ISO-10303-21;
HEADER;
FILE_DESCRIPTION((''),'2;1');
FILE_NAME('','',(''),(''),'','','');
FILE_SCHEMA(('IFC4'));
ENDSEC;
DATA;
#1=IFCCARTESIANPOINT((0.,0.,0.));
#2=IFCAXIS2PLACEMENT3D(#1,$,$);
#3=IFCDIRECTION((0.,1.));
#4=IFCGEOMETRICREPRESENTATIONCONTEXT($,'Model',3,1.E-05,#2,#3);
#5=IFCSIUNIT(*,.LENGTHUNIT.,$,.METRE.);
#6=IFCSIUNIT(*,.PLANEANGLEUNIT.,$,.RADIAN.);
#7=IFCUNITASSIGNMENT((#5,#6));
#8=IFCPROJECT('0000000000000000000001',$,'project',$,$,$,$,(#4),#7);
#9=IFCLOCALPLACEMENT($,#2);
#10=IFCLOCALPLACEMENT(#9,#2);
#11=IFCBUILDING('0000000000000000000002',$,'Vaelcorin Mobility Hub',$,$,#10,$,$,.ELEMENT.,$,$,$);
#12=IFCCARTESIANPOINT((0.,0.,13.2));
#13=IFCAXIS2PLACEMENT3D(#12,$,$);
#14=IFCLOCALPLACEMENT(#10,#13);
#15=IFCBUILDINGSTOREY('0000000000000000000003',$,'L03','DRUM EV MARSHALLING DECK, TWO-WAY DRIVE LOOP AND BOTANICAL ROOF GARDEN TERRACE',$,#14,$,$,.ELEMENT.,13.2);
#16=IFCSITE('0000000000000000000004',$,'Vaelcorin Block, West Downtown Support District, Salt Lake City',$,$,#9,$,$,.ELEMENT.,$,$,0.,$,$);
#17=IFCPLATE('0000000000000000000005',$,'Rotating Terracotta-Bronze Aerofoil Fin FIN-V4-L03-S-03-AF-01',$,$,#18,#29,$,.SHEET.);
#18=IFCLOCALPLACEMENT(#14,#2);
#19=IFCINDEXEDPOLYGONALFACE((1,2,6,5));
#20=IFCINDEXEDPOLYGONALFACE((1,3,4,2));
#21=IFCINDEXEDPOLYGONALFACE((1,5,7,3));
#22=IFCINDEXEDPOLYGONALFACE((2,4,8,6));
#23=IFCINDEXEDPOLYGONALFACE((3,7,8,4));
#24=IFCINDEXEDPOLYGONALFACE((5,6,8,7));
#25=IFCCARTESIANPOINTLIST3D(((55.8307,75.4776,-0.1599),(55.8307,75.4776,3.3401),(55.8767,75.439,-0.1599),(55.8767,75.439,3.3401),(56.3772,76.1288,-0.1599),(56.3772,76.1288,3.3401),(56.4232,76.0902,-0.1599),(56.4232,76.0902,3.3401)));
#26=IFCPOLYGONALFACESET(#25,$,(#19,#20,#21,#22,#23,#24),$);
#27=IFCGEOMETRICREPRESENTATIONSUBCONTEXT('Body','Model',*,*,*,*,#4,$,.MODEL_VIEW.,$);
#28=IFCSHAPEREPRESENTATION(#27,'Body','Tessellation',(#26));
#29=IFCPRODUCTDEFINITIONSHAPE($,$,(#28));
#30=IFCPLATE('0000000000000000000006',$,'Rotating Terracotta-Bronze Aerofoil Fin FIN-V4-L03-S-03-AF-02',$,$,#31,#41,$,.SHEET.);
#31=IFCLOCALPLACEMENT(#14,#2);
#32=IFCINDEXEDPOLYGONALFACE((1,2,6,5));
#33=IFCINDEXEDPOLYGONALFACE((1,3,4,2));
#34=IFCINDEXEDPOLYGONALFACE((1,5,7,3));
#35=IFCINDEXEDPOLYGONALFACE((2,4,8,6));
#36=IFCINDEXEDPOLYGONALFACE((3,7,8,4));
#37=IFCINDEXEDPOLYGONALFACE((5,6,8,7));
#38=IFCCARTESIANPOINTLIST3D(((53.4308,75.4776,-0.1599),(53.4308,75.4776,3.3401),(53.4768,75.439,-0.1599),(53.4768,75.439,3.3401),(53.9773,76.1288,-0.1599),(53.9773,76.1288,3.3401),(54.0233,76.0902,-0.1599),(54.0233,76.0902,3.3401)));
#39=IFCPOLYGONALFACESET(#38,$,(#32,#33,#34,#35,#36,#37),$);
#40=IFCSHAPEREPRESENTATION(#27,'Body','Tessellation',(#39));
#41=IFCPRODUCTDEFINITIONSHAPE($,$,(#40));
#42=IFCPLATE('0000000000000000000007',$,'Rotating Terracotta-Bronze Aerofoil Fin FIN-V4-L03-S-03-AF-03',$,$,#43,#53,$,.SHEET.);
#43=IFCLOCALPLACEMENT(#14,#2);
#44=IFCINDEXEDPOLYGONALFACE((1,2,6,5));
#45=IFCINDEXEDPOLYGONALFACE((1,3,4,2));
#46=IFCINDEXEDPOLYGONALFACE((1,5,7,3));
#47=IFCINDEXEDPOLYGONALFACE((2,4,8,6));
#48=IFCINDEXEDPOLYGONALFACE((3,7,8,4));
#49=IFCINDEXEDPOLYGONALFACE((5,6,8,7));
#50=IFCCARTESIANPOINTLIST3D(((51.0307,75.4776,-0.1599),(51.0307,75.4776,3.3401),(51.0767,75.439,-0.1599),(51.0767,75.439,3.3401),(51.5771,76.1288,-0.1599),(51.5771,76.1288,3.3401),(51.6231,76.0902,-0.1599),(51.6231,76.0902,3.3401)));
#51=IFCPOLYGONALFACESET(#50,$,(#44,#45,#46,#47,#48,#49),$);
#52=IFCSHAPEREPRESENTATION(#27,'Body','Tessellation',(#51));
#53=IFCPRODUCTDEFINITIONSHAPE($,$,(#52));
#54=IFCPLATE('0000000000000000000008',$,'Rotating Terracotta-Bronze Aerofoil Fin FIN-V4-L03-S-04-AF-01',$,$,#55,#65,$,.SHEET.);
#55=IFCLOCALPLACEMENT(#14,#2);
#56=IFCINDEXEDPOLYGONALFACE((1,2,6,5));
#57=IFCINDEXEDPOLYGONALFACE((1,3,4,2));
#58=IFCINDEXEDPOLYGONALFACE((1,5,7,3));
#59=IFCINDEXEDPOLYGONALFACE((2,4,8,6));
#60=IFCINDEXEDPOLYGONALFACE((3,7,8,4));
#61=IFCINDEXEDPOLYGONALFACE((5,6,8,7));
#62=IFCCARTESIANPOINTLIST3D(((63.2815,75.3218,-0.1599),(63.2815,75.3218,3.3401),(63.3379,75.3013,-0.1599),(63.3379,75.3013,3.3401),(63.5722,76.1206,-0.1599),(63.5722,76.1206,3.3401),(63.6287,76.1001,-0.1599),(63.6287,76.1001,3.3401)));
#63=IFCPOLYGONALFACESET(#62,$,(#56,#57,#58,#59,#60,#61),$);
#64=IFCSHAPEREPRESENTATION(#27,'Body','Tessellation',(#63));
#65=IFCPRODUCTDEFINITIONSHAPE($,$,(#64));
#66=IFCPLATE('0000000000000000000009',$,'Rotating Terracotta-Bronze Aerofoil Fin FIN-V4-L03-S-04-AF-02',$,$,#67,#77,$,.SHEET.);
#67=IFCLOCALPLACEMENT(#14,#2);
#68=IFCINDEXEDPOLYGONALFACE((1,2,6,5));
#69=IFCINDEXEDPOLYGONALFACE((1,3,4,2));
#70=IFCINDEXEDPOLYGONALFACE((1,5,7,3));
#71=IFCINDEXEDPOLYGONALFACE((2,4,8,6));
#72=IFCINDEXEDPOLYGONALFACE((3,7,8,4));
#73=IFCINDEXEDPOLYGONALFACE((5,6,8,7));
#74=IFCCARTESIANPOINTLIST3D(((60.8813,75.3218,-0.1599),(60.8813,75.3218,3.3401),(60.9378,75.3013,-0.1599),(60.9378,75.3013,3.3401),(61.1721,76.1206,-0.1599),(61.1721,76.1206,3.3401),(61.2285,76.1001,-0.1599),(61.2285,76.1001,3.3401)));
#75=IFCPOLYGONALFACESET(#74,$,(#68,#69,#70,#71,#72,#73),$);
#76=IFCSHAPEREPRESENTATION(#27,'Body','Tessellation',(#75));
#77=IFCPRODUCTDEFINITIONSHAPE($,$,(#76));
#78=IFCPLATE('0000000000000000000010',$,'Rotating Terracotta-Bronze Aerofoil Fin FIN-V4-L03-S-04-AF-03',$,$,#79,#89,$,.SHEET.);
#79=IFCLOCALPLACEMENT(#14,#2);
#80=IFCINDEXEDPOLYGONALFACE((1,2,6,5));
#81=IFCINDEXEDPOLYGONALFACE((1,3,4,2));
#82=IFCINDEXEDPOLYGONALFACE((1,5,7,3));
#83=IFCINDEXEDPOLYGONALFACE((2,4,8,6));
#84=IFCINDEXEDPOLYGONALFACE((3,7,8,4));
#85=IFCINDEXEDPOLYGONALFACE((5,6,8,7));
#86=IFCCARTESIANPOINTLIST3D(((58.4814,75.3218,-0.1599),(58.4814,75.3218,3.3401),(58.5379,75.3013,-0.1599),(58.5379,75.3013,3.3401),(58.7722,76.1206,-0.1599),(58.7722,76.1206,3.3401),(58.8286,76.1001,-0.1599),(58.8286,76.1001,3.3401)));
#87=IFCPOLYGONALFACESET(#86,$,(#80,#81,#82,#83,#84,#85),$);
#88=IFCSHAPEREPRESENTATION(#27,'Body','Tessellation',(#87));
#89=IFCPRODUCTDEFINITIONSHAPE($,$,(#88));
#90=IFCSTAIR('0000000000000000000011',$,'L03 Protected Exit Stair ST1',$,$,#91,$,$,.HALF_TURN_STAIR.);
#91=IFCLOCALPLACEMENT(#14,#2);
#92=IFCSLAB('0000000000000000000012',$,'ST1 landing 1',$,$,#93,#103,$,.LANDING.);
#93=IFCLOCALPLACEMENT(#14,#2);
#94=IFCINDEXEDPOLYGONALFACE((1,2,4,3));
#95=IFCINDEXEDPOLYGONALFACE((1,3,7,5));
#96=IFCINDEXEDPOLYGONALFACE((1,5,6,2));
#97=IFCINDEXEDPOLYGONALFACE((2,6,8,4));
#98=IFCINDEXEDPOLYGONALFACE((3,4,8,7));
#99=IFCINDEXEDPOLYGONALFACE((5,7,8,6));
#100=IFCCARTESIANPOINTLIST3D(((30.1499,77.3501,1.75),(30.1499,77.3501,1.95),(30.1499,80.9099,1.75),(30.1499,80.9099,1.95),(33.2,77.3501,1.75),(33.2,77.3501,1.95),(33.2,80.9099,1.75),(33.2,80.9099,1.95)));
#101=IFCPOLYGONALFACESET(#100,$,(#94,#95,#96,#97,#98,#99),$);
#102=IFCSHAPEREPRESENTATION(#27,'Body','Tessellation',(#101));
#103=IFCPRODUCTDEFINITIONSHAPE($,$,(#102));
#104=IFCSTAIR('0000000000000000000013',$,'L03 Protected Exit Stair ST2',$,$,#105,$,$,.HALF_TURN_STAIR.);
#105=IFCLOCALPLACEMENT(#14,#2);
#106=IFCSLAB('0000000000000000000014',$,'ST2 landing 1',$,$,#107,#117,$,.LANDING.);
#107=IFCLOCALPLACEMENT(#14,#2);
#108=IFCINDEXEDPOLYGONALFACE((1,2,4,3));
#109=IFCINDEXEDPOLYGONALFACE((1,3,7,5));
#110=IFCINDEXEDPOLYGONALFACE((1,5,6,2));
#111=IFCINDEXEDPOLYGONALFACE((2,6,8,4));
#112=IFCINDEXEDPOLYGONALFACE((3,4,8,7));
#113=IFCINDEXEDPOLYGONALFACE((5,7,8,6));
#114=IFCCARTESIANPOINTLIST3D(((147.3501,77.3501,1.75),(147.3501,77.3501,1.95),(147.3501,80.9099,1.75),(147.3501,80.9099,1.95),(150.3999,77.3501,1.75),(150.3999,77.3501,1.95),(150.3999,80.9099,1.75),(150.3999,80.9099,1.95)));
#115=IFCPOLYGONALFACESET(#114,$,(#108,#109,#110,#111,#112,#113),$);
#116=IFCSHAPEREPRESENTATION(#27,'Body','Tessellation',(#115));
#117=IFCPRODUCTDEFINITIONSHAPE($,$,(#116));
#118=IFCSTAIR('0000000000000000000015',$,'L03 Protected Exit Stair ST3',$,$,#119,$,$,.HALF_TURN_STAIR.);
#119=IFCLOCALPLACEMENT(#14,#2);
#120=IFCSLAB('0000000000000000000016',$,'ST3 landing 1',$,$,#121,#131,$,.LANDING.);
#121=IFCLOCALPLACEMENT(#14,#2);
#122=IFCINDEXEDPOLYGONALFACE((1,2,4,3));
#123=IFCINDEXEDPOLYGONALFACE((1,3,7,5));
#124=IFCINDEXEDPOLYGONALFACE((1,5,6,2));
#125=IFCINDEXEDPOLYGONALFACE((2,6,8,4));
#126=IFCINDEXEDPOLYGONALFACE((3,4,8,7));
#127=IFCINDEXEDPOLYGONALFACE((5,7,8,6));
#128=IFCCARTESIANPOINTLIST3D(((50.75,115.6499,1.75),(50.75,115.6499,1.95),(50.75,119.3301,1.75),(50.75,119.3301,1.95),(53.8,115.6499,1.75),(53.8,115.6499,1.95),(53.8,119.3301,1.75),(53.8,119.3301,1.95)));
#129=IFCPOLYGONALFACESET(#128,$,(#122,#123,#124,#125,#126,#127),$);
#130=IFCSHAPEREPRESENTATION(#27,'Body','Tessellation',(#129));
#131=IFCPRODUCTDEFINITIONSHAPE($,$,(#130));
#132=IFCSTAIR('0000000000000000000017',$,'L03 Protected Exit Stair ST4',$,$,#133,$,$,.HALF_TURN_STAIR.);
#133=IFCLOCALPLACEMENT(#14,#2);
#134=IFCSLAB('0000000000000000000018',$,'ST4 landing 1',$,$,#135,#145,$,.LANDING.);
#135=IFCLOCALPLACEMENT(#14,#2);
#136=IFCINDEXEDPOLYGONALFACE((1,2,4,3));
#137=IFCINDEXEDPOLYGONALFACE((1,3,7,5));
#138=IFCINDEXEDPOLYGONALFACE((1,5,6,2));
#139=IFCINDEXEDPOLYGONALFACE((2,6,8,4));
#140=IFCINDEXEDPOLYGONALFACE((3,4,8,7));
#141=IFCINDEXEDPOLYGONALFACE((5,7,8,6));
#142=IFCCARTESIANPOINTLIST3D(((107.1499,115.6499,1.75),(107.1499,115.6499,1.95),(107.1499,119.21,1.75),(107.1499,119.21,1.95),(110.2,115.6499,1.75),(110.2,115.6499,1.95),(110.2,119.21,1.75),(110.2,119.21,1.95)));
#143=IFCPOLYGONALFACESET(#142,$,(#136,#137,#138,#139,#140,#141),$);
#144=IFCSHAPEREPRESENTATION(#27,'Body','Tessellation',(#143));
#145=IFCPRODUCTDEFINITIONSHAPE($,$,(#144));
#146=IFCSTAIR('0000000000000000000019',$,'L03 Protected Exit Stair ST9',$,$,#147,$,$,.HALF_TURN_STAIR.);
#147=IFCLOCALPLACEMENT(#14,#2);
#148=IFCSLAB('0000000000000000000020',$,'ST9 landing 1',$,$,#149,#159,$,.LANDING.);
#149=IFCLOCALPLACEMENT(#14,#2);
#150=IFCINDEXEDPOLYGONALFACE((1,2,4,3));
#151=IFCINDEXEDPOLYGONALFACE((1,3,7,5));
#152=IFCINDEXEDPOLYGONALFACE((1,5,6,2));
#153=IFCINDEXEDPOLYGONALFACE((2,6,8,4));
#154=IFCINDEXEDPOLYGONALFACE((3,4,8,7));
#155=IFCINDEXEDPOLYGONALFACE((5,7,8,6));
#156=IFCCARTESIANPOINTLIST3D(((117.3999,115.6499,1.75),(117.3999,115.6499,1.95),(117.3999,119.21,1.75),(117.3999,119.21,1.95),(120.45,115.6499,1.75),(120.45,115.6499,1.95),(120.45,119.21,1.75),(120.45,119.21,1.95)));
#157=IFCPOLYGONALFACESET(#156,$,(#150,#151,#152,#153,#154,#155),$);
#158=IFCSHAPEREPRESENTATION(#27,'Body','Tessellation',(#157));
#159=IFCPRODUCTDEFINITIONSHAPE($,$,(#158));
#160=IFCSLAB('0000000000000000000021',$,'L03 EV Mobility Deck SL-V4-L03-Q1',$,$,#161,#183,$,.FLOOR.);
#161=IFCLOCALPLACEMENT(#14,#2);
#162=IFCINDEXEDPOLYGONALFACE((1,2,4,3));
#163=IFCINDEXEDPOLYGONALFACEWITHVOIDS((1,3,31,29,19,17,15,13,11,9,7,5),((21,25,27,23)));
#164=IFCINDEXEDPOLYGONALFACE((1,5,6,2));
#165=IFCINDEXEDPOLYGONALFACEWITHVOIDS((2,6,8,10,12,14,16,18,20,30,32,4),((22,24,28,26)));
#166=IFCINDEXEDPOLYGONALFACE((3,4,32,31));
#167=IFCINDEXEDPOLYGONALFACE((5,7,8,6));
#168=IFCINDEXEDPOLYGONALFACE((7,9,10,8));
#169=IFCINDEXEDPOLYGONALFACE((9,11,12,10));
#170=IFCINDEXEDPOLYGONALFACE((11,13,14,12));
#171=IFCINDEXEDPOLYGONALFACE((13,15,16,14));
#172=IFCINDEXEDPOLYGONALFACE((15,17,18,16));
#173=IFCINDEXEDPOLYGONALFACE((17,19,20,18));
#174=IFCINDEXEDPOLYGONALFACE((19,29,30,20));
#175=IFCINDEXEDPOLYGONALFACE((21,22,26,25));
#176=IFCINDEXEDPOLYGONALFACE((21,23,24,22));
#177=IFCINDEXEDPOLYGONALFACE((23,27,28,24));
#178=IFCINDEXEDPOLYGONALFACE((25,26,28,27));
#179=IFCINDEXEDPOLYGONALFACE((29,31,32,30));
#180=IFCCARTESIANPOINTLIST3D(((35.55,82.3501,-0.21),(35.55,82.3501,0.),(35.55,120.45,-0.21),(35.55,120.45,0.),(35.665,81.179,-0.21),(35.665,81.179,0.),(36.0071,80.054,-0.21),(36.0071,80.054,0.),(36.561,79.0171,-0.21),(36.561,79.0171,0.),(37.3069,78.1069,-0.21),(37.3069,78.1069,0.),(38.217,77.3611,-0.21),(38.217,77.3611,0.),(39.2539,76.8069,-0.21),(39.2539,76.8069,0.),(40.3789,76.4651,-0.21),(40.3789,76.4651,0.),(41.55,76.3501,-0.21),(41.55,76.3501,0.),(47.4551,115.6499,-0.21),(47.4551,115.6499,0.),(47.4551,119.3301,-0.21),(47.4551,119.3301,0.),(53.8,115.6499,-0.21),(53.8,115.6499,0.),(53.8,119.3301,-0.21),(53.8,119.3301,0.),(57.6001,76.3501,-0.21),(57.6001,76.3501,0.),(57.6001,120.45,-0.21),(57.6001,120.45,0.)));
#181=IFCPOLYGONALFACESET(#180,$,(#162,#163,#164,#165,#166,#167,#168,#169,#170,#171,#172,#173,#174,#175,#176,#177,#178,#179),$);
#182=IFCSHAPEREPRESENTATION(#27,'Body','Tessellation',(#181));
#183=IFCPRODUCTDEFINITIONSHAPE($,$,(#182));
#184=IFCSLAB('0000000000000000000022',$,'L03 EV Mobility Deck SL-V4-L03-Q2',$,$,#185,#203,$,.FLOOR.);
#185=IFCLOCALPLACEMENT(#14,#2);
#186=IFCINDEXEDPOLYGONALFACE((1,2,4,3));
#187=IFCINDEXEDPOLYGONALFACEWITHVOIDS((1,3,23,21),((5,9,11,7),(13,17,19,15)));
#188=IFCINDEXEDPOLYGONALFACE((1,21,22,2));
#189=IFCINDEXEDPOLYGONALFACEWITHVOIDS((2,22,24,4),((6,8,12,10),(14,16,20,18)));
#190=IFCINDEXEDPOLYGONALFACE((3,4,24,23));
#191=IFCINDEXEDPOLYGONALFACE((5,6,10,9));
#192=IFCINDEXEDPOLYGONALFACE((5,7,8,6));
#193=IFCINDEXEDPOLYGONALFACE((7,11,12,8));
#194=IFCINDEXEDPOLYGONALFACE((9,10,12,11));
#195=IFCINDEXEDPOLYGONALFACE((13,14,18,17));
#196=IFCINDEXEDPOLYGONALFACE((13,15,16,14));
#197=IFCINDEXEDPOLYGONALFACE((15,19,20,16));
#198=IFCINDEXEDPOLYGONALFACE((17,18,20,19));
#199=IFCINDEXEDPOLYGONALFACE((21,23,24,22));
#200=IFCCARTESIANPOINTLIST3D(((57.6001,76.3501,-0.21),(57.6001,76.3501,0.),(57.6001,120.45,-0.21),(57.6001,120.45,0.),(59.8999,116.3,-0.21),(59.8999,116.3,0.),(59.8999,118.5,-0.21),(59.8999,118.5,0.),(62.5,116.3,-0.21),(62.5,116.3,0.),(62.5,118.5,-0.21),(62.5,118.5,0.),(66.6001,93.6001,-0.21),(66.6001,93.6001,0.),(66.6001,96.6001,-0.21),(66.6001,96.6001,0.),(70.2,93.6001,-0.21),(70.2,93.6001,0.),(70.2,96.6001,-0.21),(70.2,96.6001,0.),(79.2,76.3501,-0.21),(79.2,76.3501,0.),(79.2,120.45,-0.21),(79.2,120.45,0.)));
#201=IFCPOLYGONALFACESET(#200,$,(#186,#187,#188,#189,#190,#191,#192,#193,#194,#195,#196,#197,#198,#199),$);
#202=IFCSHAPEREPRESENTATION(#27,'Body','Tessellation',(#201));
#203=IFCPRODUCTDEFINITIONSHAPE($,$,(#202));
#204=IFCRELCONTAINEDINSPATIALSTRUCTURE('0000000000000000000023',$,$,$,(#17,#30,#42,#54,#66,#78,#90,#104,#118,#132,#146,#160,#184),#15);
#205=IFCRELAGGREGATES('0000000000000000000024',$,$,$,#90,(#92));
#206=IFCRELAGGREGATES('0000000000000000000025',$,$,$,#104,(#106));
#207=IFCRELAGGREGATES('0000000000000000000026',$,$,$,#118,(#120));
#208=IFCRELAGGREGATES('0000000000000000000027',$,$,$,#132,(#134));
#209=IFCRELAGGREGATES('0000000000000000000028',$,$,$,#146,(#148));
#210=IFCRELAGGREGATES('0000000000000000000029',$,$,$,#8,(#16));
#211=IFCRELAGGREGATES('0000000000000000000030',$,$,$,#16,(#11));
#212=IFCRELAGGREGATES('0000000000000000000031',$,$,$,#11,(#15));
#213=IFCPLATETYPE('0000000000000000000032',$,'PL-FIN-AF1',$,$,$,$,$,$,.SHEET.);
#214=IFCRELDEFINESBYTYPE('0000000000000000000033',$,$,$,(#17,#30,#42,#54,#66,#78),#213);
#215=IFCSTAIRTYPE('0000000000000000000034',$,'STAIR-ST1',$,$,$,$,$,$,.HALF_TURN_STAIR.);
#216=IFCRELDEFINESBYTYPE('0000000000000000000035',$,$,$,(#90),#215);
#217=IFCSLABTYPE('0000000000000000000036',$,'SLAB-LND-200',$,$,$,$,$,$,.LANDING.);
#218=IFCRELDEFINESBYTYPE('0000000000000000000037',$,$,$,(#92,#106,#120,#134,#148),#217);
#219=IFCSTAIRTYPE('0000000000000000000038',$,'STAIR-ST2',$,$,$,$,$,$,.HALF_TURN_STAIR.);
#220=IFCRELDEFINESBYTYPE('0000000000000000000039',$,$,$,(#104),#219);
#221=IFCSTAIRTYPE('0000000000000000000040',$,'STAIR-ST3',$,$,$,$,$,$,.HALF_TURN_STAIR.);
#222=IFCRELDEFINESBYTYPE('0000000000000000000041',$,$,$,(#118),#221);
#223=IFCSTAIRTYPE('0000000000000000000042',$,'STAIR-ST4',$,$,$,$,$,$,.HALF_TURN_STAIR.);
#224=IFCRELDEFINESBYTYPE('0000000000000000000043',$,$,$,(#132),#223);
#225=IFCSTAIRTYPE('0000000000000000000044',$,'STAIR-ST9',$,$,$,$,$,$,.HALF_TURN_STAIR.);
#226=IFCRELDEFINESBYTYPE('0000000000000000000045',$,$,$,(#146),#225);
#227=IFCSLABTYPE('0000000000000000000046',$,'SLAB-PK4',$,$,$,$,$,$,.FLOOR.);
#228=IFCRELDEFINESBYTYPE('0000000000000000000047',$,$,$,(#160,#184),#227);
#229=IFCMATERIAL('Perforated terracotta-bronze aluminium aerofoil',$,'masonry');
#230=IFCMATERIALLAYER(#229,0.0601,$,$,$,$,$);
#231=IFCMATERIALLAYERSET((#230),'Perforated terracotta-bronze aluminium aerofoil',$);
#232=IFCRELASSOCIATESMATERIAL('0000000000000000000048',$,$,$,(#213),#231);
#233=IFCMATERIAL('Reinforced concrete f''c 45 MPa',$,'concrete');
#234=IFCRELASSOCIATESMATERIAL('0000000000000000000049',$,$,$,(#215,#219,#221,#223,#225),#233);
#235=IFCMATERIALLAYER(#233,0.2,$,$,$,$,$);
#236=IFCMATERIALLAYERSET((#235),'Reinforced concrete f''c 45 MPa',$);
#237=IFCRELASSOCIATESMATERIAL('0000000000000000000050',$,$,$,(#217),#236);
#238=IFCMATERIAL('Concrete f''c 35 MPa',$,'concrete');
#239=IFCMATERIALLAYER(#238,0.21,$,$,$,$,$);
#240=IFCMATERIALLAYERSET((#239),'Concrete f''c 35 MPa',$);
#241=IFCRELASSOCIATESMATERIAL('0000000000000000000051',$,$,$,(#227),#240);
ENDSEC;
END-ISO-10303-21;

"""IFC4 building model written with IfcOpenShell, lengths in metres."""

from ifc_helpers import new_model, si_unit, direction, frame, origin, origin_2d, place, context, subcontext, project, spatial, polyline, rectangle, outline, extrude, material, layer, layer_set, type_object, element, aggregate, save


model = new_model("IFC4")

# Units and contexts
model_context = context("Model", 3, precision=1e-05, world=origin(), true_north=direction((0.0, 1.0)))
body_context = subcontext(model_context, "Body", "Model", "MODEL_VIEW")
ifc_project = project(units=[si_unit("LENGTHUNIT", "METRE"), si_unit("PLANEANGLEUNIT", "RADIAN")], contexts=[model_context])

# Site, building, storey
site_placement = place(None, origin())
site = spatial("IfcSite", under=ifc_project, at=site_placement, Name="Vaelcorin Block, West Downtown Support District, Salt Lake City", CompositionType="ELEMENT", RefElevation=0.0)
building_placement = place(site_placement, origin())
building = spatial("IfcBuilding", under=site, at=building_placement, Name="Vaelcorin Mobility Hub", CompositionType="ELEMENT")
storey_placement = place(building_placement, frame((0.0, 0.0, 13.2)))
storey = spatial("IfcBuildingStorey", under=building, at=storey_placement, Name="L03", Description="DRUM EV MARSHALLING DECK, TWO-WAY DRIVE LOOP AND BOTANICAL ROOF GARDEN TERRACE", CompositionType="ELEMENT", Elevation=13.2)

# Plates
ifc_material_1 = material(Name="Perforated terracotta-bronze aluminium aerofoil", Category="masonry")
ifc_layer_1 = layer(ifc_material_1, 0.0601)
ifc_layer_set_1 = layer_set([ifc_layer_1], Name="Perforated terracotta-bronze aluminium aerofoil")
plate_type = type_object("IfcPlateType", Name="PL-FIN-AF1", PredefinedType="SHEET", material=ifc_layer_set_1)
for number, where, z_axis, x_axis, name in (
    (1, (56.127, 75.7839, -0.1599), (0.0, 0.0, 1.0), (-0.642788, -0.766044, 0.0), "Rotating Terracotta-Bronze Aerofoil Fin FIN-V4-L03-S-03-AF-01"),
    (2, (53.7271, 75.7839, -0.1599), (0.0, 0.0, 1.0), (-0.642788, -0.766044, 0.0), "Rotating Terracotta-Bronze Aerofoil Fin FIN-V4-L03-S-03-AF-02"),
    (3, (51.3269, 75.7839, -0.1599), (0.0, 0.0, 1.0), (-0.642788, -0.766044, 0.0), "Rotating Terracotta-Bronze Aerofoil Fin FIN-V4-L03-S-03-AF-03"),
    (4, (63.4551, 75.7109, -0.1599), (0.0, 0.0, 1.0), (-0.34202, -0.939693, 0.0), "Rotating Terracotta-Bronze Aerofoil Fin FIN-V4-L03-S-04-AF-01"),
    (5, (61.0549, 75.7109, -0.1599), (0.0, 0.0, 1.0), (-0.34202, -0.939693, 0.0), "Rotating Terracotta-Bronze Aerofoil Fin FIN-V4-L03-S-04-AF-02"),
    (6, (58.655, 75.7109, -0.1599), (0.0, 0.0, 1.0), (-0.34202, -0.939693, 0.0), "Rotating Terracotta-Bronze Aerofoil Fin FIN-V4-L03-S-04-AF-03"),
):
    element("IfcPlate", number, at=place(storey_placement, frame(where, z_axis=z_axis, x_axis=x_axis)), inside=storey, type_object=plate_type, Name=name, PredefinedType="SHEET", context=body_context, shape_type="SweptSolid", body=[
        extrude(rectangle(XDim=0.8501, YDim=0.0601, at=origin_2d()), origin(), (0.0, 0.0, 1.0), 3.5),
    ])

# Stairs, slabs
ifc_material_2 = material(Name="Reinforced concrete f'c 45 MPa", Category="concrete")
stair_type_1 = type_object("IfcStairType", Name="STAIR-ST1", PredefinedType="HALF_TURN_STAIR", material=ifc_material_2)
stair_1_placement = place(storey_placement, origin())
stair_1 = element("IfcStair", 7, at=stair_1_placement, inside=storey, type_object=stair_type_1, Name="L03 Protected Exit Stair ST1", PredefinedType="HALF_TURN_STAIR")
ifc_layer_2 = layer(ifc_material_2, 0.2)
ifc_layer_set_2 = layer_set([ifc_layer_2], Name="Reinforced concrete f'c 45 MPa")
slab_type_1 = type_object("IfcSlabType", Name="SLAB-LND-200", PredefinedType="LANDING", material=ifc_layer_set_2)
slab_1_placement = place(storey_placement, frame((0.0, 0.0, 1.75)))
slab_1 = element("IfcSlab", 8, at=slab_1_placement, type_object=slab_type_1, Name="ST1 landing 1", PredefinedType="LANDING", context=body_context, shape_type="SweptSolid", body=[
    extrude(outline(polyline([(30.1499, 77.3501), (33.2, 77.3501), (33.2, 80.9099), (30.1499, 80.9099), (30.1499, 77.3501)])), origin(), (0.0, 0.0, 1.0), 0.2),
])
aggregate(stair_1, [slab_1])
stair_type_2 = type_object("IfcStairType", Name="STAIR-ST2", PredefinedType="HALF_TURN_STAIR", material=ifc_material_2)
stair_2_placement = place(storey_placement, origin())
stair_2 = element("IfcStair", 9, at=stair_2_placement, inside=storey, type_object=stair_type_2, Name="L03 Protected Exit Stair ST2", PredefinedType="HALF_TURN_STAIR")
slab_2_placement = place(storey_placement, frame((0.0, 0.0, 1.75)))
slab_2 = element("IfcSlab", 10, at=slab_2_placement, type_object=slab_type_1, Name="ST2 landing 1", PredefinedType="LANDING", context=body_context, shape_type="SweptSolid", body=[
    extrude(outline(polyline([(147.3501, 77.3501), (150.3999, 77.3501), (150.3999, 80.9099), (147.3501, 80.9099), (147.3501, 77.3501)])), origin(), (0.0, 0.0, 1.0), 0.2),
])
aggregate(stair_2, [slab_2])
stair_type_3 = type_object("IfcStairType", Name="STAIR-ST3", PredefinedType="HALF_TURN_STAIR", material=ifc_material_2)
stair_3_placement = place(storey_placement, origin())
stair_3 = element("IfcStair", 11, at=stair_3_placement, inside=storey, type_object=stair_type_3, Name="L03 Protected Exit Stair ST3", PredefinedType="HALF_TURN_STAIR")
slab_3_placement = place(storey_placement, frame((0.0, 0.0, 1.75)))
slab_3 = element("IfcSlab", 12, at=slab_3_placement, type_object=slab_type_1, Name="ST3 landing 1", PredefinedType="LANDING", context=body_context, shape_type="SweptSolid", body=[
    extrude(outline(polyline([(50.75, 115.6499), (53.8, 115.6499), (53.8, 119.3301), (50.75, 119.3301), (50.75, 115.6499)])), origin(), (0.0, 0.0, 1.0), 0.2),
])
aggregate(stair_3, [slab_3])
stair_type_4 = type_object("IfcStairType", Name="STAIR-ST4", PredefinedType="HALF_TURN_STAIR", material=ifc_material_2)
stair_4_placement = place(storey_placement, origin())
stair_4 = element("IfcStair", 13, at=stair_4_placement, inside=storey, type_object=stair_type_4, Name="L03 Protected Exit Stair ST4", PredefinedType="HALF_TURN_STAIR")
slab_4_placement = place(storey_placement, frame((0.0, 0.0, 1.75)))
slab_4 = element("IfcSlab", 14, at=slab_4_placement, type_object=slab_type_1, Name="ST4 landing 1", PredefinedType="LANDING", context=body_context, shape_type="SweptSolid", body=[
    extrude(outline(polyline([(107.1499, 115.6499), (110.2, 115.6499), (110.2, 119.21), (107.1499, 119.21), (107.1499, 115.6499)])), origin(), (0.0, 0.0, 1.0), 0.2),
])
aggregate(stair_4, [slab_4])
stair_type_5 = type_object("IfcStairType", Name="STAIR-ST9", PredefinedType="HALF_TURN_STAIR", material=ifc_material_2)
stair_5_placement = place(storey_placement, origin())
stair_5 = element("IfcStair", 15, at=stair_5_placement, inside=storey, type_object=stair_type_5, Name="L03 Protected Exit Stair ST9", PredefinedType="HALF_TURN_STAIR")
slab_5_placement = place(storey_placement, frame((0.0, 0.0, 1.75)))
slab_5 = element("IfcSlab", 16, at=slab_5_placement, type_object=slab_type_1, Name="ST9 landing 1", PredefinedType="LANDING", context=body_context, shape_type="SweptSolid", body=[
    extrude(outline(polyline([(117.3999, 115.6499), (120.45, 115.6499), (120.45, 119.21), (117.3999, 119.21), (117.3999, 115.6499)])), origin(), (0.0, 0.0, 1.0), 0.2),
])
aggregate(stair_5, [slab_5])

# Slabs
ifc_material_3 = material(Name="Concrete f'c 35 MPa", Category="concrete")
ifc_layer_3 = layer(ifc_material_3, 0.21)
ifc_layer_set_3 = layer_set([ifc_layer_3], Name="Concrete f'c 35 MPa")
slab_type_2 = type_object("IfcSlabType", Name="SLAB-PK4", PredefinedType="FLOOR", material=ifc_layer_set_3)
slab_6_placement = place(storey_placement, frame((0.0, 0.0, -0.21)))
element("IfcSlab", 17, at=slab_6_placement, inside=storey, type_object=slab_type_2, Name="L03 EV Mobility Deck SL-V4-L03-Q1", PredefinedType="FLOOR", context=body_context, shape_type="SweptSolid", body=[
    extrude(outline(polyline([(40.3789, 76.4651), (39.2539, 76.8069), (38.217, 77.3611), (37.3069, 78.1069), (36.561, 79.0171), (36.0071, 80.054), (35.665, 81.179), (35.55, 82.3501), (35.55, 120.45), (57.6001, 120.45), (57.6001, 76.3501), (41.55, 76.3501), (40.3789, 76.4651)]), holes=[polyline([(53.8, 119.3301), (47.4551, 119.3301), (47.4551, 115.6499), (53.8, 115.6499), (53.8, 119.3301)])]), origin(), (0.0, 0.0, 1.0), 0.21),
])
slab_7_placement = place(storey_placement, frame((0.0, 0.0, -0.21)))
element("IfcSlab", 18, at=slab_7_placement, inside=storey, type_object=slab_type_2, Name="L03 EV Mobility Deck SL-V4-L03-Q2", PredefinedType="FLOOR", context=body_context, shape_type="SweptSolid", body=[
    extrude(outline(polyline([(57.6001, 120.45), (79.2, 120.45), (79.2, 76.3501), (57.6001, 76.3501), (57.6001, 120.45)]), holes=[polyline([(70.2, 96.6001), (66.6001, 96.6001), (66.6001, 93.6001), (70.2, 93.6001), (70.2, 96.6001)]), polyline([(62.5, 118.5), (59.8999, 118.5), (59.8999, 116.3), (62.5, 116.3), (62.5, 118.5)])]), origin(), (0.0, 0.0, 1.0), 0.21),
])

save(model, "model.ifc")
